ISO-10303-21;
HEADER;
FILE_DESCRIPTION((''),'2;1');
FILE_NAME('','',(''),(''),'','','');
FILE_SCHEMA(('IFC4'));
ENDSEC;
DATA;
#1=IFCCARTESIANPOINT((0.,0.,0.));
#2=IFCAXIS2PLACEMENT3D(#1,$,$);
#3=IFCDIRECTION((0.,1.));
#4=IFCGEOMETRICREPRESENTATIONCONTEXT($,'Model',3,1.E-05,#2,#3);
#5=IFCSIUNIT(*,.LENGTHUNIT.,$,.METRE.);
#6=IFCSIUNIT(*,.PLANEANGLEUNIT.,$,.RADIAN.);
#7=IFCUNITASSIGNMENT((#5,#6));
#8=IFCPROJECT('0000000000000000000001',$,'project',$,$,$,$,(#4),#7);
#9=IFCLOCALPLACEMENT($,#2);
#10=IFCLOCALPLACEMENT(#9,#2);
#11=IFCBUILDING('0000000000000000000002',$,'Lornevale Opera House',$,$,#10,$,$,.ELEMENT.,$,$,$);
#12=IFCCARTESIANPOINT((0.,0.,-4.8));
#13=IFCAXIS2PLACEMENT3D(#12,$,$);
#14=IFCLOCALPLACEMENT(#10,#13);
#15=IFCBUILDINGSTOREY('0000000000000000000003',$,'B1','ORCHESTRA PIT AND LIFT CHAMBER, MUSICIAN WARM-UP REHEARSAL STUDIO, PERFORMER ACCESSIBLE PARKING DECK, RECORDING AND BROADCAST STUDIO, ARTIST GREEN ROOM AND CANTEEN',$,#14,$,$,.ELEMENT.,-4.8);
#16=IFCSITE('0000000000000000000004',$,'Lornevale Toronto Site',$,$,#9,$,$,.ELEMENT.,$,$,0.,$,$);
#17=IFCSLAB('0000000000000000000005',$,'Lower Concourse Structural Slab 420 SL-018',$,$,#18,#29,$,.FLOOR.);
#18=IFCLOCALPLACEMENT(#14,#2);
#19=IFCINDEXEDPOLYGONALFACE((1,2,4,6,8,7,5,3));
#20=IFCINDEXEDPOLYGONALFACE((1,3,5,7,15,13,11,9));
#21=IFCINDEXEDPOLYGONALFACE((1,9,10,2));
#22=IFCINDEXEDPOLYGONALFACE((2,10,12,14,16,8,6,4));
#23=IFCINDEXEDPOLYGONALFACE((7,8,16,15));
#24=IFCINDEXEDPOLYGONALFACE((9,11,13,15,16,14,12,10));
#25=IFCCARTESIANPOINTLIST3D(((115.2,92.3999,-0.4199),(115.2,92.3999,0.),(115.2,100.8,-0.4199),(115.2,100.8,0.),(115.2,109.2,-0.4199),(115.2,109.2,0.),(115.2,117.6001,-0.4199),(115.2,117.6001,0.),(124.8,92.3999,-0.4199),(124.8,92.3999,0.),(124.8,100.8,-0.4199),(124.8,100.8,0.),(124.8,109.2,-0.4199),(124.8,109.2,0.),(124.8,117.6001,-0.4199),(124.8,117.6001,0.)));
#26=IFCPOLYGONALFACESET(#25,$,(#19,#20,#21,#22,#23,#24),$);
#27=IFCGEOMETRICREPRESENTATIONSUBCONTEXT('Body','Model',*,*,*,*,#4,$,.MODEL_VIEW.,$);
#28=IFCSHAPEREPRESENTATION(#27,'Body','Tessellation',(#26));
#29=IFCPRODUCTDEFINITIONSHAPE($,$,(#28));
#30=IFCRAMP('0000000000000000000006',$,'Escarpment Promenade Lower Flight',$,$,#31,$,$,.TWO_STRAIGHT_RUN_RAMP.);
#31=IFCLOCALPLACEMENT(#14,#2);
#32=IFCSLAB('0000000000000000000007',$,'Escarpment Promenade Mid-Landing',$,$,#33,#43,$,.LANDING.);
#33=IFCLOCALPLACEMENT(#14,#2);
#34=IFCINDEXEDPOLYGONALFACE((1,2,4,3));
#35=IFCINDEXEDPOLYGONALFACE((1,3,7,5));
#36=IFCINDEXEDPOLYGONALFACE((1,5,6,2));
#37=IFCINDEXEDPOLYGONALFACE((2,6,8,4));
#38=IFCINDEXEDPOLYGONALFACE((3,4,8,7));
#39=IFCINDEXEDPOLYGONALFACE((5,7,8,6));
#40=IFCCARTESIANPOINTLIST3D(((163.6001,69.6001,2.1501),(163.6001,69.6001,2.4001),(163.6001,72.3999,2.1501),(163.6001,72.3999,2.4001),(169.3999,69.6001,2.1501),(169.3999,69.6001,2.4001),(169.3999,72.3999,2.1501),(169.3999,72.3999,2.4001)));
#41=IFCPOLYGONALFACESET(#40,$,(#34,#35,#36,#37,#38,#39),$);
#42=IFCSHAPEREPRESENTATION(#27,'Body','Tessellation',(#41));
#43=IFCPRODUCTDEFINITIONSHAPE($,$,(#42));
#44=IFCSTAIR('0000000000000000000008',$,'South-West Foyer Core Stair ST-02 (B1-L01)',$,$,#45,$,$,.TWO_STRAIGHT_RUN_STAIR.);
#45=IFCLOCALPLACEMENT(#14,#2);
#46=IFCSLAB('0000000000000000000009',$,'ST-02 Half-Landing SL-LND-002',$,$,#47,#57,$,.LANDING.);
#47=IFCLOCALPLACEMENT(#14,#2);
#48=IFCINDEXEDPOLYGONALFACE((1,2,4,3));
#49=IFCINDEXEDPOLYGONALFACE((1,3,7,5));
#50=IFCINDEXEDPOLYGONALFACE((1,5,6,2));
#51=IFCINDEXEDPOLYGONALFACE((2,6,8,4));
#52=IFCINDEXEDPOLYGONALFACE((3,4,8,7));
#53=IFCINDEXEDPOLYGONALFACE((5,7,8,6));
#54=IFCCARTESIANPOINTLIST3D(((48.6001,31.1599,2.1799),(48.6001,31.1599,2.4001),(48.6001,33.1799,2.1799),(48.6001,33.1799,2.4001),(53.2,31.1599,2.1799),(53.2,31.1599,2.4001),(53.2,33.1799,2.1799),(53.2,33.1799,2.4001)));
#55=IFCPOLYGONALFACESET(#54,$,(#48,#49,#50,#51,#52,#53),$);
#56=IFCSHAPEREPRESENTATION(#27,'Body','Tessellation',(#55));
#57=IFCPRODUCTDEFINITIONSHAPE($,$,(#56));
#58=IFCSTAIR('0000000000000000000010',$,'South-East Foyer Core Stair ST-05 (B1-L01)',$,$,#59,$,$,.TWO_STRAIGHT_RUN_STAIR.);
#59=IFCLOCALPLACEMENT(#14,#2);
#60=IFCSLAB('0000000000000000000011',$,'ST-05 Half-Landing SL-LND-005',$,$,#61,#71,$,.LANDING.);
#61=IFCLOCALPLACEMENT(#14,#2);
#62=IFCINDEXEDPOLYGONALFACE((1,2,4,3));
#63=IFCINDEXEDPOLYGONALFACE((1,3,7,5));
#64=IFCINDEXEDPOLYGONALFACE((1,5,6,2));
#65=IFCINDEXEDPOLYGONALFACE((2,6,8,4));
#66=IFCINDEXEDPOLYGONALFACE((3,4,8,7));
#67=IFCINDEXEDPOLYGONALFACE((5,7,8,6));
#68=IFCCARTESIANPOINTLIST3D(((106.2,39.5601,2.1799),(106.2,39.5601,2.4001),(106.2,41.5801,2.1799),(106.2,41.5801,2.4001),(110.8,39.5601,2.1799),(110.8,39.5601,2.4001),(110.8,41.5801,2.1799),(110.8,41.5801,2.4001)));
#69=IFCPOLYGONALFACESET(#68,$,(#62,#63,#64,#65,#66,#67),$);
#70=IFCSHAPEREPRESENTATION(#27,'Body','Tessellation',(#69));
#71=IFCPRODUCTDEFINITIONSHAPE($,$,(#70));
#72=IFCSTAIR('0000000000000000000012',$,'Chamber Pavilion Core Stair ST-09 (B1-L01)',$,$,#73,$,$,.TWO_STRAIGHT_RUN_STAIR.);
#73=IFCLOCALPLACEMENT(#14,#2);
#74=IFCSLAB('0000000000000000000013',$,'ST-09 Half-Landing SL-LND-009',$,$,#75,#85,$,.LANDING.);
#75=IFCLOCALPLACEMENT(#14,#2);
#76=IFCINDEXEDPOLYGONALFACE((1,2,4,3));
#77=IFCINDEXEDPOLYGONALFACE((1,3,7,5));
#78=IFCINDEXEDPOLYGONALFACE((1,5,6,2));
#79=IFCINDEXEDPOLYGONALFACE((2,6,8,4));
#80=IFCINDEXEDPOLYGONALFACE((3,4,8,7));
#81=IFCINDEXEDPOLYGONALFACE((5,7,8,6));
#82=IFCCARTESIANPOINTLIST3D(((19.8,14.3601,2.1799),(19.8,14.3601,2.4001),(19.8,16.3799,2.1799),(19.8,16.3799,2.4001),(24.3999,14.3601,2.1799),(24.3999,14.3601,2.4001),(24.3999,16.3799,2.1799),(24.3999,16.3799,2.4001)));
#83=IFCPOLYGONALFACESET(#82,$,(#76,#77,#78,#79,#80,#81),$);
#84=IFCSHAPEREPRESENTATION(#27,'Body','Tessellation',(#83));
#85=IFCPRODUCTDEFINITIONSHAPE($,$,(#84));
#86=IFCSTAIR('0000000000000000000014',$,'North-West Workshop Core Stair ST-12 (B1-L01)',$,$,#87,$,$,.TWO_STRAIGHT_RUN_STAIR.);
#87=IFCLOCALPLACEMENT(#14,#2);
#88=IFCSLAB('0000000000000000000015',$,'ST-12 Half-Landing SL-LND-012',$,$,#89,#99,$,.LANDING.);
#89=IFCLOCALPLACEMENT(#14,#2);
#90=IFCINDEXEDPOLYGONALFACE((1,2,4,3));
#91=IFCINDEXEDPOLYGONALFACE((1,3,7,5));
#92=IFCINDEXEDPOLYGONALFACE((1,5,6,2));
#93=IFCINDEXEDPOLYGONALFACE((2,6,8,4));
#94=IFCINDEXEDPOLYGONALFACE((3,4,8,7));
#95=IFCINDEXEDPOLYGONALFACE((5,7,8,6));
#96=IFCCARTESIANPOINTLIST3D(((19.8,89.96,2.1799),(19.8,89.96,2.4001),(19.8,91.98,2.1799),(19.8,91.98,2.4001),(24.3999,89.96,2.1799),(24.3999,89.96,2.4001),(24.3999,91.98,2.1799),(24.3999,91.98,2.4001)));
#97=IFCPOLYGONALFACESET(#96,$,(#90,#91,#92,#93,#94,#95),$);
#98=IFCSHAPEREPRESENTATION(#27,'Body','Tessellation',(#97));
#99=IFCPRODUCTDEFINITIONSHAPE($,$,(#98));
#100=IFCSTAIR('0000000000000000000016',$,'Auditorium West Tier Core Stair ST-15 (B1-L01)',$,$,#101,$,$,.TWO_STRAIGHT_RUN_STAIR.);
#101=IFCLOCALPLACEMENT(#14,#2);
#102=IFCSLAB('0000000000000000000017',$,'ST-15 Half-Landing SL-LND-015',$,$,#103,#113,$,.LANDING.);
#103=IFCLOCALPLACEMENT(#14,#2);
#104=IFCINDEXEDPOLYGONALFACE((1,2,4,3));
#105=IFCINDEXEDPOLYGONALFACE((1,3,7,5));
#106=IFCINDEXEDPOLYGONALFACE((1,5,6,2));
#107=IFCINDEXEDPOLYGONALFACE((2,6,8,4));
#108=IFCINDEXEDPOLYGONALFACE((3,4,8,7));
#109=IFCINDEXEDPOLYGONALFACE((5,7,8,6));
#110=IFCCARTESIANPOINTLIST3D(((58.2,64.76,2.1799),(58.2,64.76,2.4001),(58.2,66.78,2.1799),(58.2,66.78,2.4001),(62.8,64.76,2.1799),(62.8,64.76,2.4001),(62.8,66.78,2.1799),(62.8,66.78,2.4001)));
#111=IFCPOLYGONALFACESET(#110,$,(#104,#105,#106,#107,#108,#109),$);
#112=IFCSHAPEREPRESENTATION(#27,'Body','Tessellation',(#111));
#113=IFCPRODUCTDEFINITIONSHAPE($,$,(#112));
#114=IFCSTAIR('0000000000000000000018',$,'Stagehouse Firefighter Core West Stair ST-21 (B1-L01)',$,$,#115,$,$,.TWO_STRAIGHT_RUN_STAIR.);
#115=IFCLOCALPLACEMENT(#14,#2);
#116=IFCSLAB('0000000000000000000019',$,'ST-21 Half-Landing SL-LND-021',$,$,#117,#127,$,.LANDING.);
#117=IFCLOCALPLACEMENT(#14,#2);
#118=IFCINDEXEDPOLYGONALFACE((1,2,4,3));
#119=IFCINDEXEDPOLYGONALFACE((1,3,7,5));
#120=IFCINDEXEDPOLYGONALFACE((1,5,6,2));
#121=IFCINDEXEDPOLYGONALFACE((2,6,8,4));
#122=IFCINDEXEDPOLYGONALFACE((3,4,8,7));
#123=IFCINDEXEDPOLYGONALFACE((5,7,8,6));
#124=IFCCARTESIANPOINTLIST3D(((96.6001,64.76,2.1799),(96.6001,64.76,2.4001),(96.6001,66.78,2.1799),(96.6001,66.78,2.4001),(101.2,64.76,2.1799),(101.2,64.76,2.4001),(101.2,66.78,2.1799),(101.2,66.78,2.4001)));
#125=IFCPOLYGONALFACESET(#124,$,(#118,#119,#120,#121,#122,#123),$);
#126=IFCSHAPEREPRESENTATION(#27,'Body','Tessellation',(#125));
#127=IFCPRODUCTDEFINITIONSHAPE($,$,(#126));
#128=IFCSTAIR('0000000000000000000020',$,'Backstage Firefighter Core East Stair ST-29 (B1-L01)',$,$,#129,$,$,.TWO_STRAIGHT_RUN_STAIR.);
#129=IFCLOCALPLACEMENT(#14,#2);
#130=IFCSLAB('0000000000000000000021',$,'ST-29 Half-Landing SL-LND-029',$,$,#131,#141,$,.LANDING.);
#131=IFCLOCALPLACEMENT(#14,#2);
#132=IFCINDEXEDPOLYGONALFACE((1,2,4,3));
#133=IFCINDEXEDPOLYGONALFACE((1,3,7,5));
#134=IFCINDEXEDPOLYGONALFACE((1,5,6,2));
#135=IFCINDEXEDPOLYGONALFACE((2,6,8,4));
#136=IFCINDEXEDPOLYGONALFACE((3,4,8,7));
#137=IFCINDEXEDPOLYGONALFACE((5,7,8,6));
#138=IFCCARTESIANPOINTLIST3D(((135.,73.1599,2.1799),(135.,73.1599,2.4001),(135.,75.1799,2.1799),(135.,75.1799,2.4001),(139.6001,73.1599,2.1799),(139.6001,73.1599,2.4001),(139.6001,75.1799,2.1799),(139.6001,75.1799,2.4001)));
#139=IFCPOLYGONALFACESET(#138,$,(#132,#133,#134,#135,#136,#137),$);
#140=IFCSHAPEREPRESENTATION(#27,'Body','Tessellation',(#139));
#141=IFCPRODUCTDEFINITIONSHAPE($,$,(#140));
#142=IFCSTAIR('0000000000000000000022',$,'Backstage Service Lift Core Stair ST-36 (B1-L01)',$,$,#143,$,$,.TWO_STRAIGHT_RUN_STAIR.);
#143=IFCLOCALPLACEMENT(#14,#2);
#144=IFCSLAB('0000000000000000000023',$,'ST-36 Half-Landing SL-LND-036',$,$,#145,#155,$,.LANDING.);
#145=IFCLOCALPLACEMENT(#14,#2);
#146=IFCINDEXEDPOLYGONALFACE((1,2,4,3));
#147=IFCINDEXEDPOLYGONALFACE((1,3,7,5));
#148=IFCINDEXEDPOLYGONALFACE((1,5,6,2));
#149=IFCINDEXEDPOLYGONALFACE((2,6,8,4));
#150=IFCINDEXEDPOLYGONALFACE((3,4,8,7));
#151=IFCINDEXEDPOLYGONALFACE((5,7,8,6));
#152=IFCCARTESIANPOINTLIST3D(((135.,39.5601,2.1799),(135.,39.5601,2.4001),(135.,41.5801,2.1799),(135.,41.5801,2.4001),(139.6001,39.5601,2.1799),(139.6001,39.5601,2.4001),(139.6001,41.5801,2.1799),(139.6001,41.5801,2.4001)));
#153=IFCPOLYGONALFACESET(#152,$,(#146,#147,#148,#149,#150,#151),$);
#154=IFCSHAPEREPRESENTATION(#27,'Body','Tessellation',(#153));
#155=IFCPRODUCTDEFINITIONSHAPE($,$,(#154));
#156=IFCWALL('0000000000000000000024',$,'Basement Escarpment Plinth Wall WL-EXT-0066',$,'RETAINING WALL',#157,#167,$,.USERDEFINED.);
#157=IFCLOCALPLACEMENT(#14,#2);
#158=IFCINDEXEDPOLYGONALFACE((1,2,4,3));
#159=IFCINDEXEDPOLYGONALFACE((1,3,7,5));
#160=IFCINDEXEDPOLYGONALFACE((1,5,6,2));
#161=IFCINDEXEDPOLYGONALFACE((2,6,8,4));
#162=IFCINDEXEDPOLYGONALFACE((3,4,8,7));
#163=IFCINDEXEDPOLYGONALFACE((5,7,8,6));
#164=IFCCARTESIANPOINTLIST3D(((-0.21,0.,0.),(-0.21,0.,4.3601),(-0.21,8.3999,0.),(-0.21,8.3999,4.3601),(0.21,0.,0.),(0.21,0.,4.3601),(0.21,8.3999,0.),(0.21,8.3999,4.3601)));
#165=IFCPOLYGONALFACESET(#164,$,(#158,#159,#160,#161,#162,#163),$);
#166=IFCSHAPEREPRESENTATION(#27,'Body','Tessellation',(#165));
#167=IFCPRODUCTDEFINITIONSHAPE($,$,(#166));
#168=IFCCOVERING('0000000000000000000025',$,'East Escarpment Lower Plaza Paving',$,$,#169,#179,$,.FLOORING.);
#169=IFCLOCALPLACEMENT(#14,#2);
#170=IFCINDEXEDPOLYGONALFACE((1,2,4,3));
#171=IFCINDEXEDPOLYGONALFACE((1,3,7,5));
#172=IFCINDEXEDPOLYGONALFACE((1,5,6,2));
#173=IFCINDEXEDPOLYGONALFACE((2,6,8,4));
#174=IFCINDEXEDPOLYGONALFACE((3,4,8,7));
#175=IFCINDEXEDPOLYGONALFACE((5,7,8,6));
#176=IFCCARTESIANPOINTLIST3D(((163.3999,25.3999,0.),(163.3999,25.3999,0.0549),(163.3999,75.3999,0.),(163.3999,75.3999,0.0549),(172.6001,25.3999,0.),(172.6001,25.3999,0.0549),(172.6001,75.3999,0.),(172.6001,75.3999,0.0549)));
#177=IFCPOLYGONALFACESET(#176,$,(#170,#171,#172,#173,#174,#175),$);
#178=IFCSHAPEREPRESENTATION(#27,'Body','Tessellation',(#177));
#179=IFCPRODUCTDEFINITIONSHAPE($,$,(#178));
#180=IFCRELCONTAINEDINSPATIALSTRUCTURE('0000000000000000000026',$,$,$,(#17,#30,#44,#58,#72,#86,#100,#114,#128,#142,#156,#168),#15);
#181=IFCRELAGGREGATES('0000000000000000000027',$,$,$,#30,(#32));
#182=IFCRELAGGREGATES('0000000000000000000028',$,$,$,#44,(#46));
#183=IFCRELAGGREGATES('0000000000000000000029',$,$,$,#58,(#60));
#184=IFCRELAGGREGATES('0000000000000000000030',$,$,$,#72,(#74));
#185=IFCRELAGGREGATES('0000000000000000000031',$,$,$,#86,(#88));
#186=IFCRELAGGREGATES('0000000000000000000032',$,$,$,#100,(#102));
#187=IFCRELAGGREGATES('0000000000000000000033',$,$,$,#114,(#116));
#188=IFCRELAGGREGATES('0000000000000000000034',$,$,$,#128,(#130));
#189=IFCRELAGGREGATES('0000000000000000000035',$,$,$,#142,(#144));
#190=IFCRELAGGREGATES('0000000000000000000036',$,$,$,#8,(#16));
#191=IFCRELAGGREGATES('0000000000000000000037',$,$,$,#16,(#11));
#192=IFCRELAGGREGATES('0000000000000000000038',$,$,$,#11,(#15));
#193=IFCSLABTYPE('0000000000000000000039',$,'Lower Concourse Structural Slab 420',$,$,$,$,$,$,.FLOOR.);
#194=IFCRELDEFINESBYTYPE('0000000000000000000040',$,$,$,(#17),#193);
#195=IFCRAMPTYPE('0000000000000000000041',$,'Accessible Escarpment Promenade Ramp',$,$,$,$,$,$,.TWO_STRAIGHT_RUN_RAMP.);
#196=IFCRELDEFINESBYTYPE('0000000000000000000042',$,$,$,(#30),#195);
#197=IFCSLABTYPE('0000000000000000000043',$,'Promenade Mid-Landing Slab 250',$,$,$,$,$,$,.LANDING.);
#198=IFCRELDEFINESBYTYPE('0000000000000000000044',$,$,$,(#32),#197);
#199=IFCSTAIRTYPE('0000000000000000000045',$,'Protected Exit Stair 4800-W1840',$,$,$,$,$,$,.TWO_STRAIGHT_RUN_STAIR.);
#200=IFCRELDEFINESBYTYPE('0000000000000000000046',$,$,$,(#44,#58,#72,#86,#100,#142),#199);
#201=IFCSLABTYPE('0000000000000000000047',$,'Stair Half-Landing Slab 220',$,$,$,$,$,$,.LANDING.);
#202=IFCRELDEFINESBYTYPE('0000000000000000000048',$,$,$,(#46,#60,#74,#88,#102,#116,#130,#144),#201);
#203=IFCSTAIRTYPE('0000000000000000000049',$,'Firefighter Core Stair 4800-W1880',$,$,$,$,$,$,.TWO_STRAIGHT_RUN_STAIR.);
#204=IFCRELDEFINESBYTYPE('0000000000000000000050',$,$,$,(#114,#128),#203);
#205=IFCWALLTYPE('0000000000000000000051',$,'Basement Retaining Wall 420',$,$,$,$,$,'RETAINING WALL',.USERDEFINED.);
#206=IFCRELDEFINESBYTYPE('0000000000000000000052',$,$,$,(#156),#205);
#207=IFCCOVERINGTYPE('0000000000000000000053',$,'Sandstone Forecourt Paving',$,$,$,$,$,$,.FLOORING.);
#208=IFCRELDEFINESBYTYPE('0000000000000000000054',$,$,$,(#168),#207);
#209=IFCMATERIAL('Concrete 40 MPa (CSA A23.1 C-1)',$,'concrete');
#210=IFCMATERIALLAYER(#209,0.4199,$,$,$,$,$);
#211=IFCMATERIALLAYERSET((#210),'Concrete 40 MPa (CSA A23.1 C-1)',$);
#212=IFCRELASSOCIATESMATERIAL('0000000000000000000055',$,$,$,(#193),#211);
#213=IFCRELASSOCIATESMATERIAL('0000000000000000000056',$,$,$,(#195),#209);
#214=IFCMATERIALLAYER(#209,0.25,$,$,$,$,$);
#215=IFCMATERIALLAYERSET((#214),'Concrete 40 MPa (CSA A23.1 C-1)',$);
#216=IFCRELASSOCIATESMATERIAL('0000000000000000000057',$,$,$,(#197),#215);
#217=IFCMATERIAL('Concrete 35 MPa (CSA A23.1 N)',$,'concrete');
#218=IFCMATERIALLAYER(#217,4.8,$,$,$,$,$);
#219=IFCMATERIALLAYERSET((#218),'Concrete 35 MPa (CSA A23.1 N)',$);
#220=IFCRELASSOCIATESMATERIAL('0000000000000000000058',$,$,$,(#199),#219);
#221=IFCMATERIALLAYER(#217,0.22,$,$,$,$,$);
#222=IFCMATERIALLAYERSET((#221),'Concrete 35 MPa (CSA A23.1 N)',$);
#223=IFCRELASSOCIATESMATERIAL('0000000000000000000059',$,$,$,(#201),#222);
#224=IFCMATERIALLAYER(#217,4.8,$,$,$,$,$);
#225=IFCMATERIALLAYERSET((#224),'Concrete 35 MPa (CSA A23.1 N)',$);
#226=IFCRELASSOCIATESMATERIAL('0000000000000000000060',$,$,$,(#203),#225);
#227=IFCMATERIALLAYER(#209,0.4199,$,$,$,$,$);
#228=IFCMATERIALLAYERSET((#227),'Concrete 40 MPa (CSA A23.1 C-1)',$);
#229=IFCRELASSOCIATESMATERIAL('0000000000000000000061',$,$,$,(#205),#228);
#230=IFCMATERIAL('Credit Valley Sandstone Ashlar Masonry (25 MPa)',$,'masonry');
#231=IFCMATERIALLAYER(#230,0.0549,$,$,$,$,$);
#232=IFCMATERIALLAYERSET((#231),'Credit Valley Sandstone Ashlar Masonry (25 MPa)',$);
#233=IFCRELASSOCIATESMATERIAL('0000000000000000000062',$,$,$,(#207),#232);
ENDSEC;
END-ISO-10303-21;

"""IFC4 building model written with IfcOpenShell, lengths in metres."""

from ifc_helpers import new_model, si_unit, direction, frame, frame_2d, origin, place, context, subcontext, project, spatial, polyline, rectangle, outline, extrude, material, layer, layer_set, type_object, element, aggregate, save


model = new_model("IFC4")

# Units and contexts
model_context = context("Model", 3, precision=1e-05, world=origin(), true_north=direction((0.0, 1.0)))
body_context = subcontext(model_context, "Body", "Model", "MODEL_VIEW")
ifc_project = project(units=[si_unit("LENGTHUNIT", "METRE"), si_unit("PLANEANGLEUNIT", "RADIAN")], contexts=[model_context])

# Site, building, storey
site_placement = place(None, origin())
site = spatial("IfcSite", under=ifc_project, at=site_placement, Name="Lornevale Toronto Site", CompositionType="ELEMENT", RefElevation=0.0)
building_placement = place(site_placement, origin())
building = spatial("IfcBuilding", under=site, at=building_placement, Name="Lornevale Opera House", CompositionType="ELEMENT")
storey_placement = place(building_placement, frame((0.0, 0.0, -4.8)))
storey = spatial("IfcBuildingStorey", under=building, at=storey_placement, Name="B1", Description="ORCHESTRA PIT AND LIFT CHAMBER, MUSICIAN WARM-UP REHEARSAL STUDIO, PERFORMER ACCESSIBLE PARKING DECK, RECORDING AND BROADCAST STUDIO, ARTIST GREEN ROOM AND CANTEEN", CompositionType="ELEMENT", Elevation=-4.8)

# Shared definitions
ifc_material_1 = material(Name="Concrete 40 MPa (CSA A23.1 C-1)", Category="concrete")

# Slab
ifc_layer_1 = layer(ifc_material_1, 0.4199)
ifc_layer_set_1 = layer_set([ifc_layer_1], Name="Concrete 40 MPa (CSA A23.1 C-1)")
slab_type_1 = type_object("IfcSlabType", Name="Lower Concourse Structural Slab 420", PredefinedType="FLOOR", material=ifc_layer_set_1)
slab_1_placement = place(storey_placement, frame((0.0, 0.0, -0.4199)))
element("IfcSlab", 1, at=slab_1_placement, inside=storey, type_object=slab_type_1, Name="Lower Concourse Structural Slab 420 SL-018", PredefinedType="FLOOR", context=body_context, shape_type="SweptSolid", body=[
    extrude(outline(polyline([(124.8, 92.3999), (115.2, 92.3999), (115.2, 100.8), (115.2, 109.2), (115.2, 117.6001), (124.8, 117.6001), (124.8, 109.2), (124.8, 100.8), (124.8, 92.3999)])), origin(), (0.0, 0.0, 1.0), 0.4199),
])

# Ramp, slab
ramp_type = type_object("IfcRampType", Name="Accessible Escarpment Promenade Ramp", PredefinedType="TWO_STRAIGHT_RUN_RAMP", material=ifc_material_1)
ramp_placement = place(storey_placement, origin())
ramp = element("IfcRamp", 2, at=ramp_placement, inside=storey, type_object=ramp_type, Name="Escarpment Promenade Lower Flight", PredefinedType="TWO_STRAIGHT_RUN_RAMP")
ifc_layer_2 = layer(ifc_material_1, 0.25)
ifc_layer_set_2 = layer_set([ifc_layer_2], Name="Concrete 40 MPa (CSA A23.1 C-1)")
slab_type_2 = type_object("IfcSlabType", Name="Promenade Mid-Landing Slab 250", PredefinedType="LANDING", material=ifc_layer_set_2)
slab_2_placement = place(storey_placement, frame((0.0, 0.0, 2.1501)))
slab_2 = element("IfcSlab", 3, at=slab_2_placement, type_object=slab_type_2, Name="Escarpment Promenade Mid-Landing", PredefinedType="LANDING", context=body_context, shape_type="SweptSolid", body=[
    extrude(outline(polyline([(163.6001, 69.6001), (169.3999, 69.6001), (169.3999, 72.3999), (163.6001, 72.3999), (163.6001, 69.6001)])), origin(), (0.0, 0.0, 1.0), 0.25),
])
aggregate(ramp, [slab_2])

# Stairs, slabs
ifc_material_2 = material(Name="Concrete 35 MPa (CSA A23.1 N)", Category="concrete")
ifc_layer_3 = layer(ifc_material_2, 4.8)
ifc_layer_set_3 = layer_set([ifc_layer_3], Name="Concrete 35 MPa (CSA A23.1 N)")
stair_type_1 = type_object("IfcStairType", Name="Protected Exit Stair 4800-W1840", PredefinedType="TWO_STRAIGHT_RUN_STAIR", material=ifc_layer_set_3)
stair_1_placement = place(storey_placement, origin())
stair_1 = element("IfcStair", 4, at=stair_1_placement, inside=storey, type_object=stair_type_1, Name="South-West Foyer Core Stair ST-02 (B1-L01)", PredefinedType="TWO_STRAIGHT_RUN_STAIR")
ifc_layer_4 = layer(ifc_material_2, 0.22)
ifc_layer_set_4 = layer_set([ifc_layer_4], Name="Concrete 35 MPa (CSA A23.1 N)")
slab_type_3 = type_object("IfcSlabType", Name="Stair Half-Landing Slab 220", PredefinedType="LANDING", material=ifc_layer_set_4)
slab_3_placement = place(storey_placement, frame((0.0, 0.0, 2.1799)))
slab_3 = element("IfcSlab", 5, at=slab_3_placement, type_object=slab_type_3, Name="ST-02 Half-Landing SL-LND-002", PredefinedType="LANDING", context=body_context, shape_type="SweptSolid", body=[
    extrude(outline(polyline([(48.6001, 31.1599), (53.2, 31.1599), (53.2, 33.1799), (48.6001, 33.1799), (48.6001, 31.1599)])), origin(), (0.0, 0.0, 1.0), 0.2202),
])
aggregate(stair_1, [slab_3])
stair_2_placement = place(storey_placement, origin())
stair_2 = element("IfcStair", 6, at=stair_2_placement, inside=storey, type_object=stair_type_1, Name="South-East Foyer Core Stair ST-05 (B1-L01)", PredefinedType="TWO_STRAIGHT_RUN_STAIR")
slab_4_placement = place(storey_placement, frame((0.0, 0.0, 2.1799)))
slab_4 = element("IfcSlab", 7, at=slab_4_placement, type_object=slab_type_3, Name="ST-05 Half-Landing SL-LND-005", PredefinedType="LANDING", context=body_context, shape_type="SweptSolid", body=[
    extrude(outline(polyline([(106.2, 39.5601), (110.8, 39.5601), (110.8, 41.5801), (106.2, 41.5801), (106.2, 39.5601)])), origin(), (0.0, 0.0, 1.0), 0.2202),
])
aggregate(stair_2, [slab_4])
stair_3_placement = place(storey_placement, origin())
stair_3 = element("IfcStair", 8, at=stair_3_placement, inside=storey, type_object=stair_type_1, Name="Chamber Pavilion Core Stair ST-09 (B1-L01)", PredefinedType="TWO_STRAIGHT_RUN_STAIR")
slab_5_placement = place(storey_placement, frame((0.0, 0.0, 2.1799)))
slab_5 = element("IfcSlab", 9, at=slab_5_placement, type_object=slab_type_3, Name="ST-09 Half-Landing SL-LND-009", PredefinedType="LANDING", context=body_context, shape_type="SweptSolid", body=[
    extrude(outline(polyline([(19.8, 14.3601), (24.3999, 14.3601), (24.3999, 16.3799), (19.8, 16.3799), (19.8, 14.3601)])), origin(), (0.0, 0.0, 1.0), 0.2202),
])
aggregate(stair_3, [slab_5])
stair_4_placement = place(storey_placement, origin())
stair_4 = element("IfcStair", 10, at=stair_4_placement, inside=storey, type_object=stair_type_1, Name="North-West Workshop Core Stair ST-12 (B1-L01)", PredefinedType="TWO_STRAIGHT_RUN_STAIR")
slab_6_placement = place(storey_placement, frame((0.0, 0.0, 2.1799)))
slab_6 = element("IfcSlab", 11, at=slab_6_placement, type_object=slab_type_3, Name="ST-12 Half-Landing SL-LND-012", PredefinedType="LANDING", context=body_context, shape_type="SweptSolid", body=[
    extrude(outline(polyline([(19.8, 89.96), (24.3999, 89.96), (24.3999, 91.98), (19.8, 91.98), (19.8, 89.96)])), origin(), (0.0, 0.0, 1.0), 0.2202),
])
aggregate(stair_4, [slab_6])
stair_5_placement = place(storey_placement, origin())
stair_5 = element("IfcStair", 12, at=stair_5_placement, inside=storey, type_object=stair_type_1, Name="Auditorium West Tier Core Stair ST-15 (B1-L01)", PredefinedType="TWO_STRAIGHT_RUN_STAIR")
slab_7_placement = place(storey_placement, frame((0.0, 0.0, 2.1799)))
slab_7 = element("IfcSlab", 13, at=slab_7_placement, type_object=slab_type_3, Name="ST-15 Half-Landing SL-LND-015", PredefinedType="LANDING", context=body_context, shape_type="SweptSolid", body=[
    extrude(outline(polyline([(58.2, 64.76), (62.8, 64.76), (62.8, 66.78), (58.2, 66.78), (58.2, 64.76)])), origin(), (0.0, 0.0, 1.0), 0.2202),
])
aggregate(stair_5, [slab_7])
ifc_layer_5 = layer(ifc_material_2, 4.8)
ifc_layer_set_5 = layer_set([ifc_layer_5], Name="Concrete 35 MPa (CSA A23.1 N)")
stair_type_2 = type_object("IfcStairType", Name="Firefighter Core Stair 4800-W1880", PredefinedType="TWO_STRAIGHT_RUN_STAIR", material=ifc_layer_set_5)
stair_6_placement = place(storey_placement, origin())
stair_6 = element("IfcStair", 14, at=stair_6_placement, inside=storey, type_object=stair_type_2, Name="Stagehouse Firefighter Core West Stair ST-21 (B1-L01)", PredefinedType="TWO_STRAIGHT_RUN_STAIR")
slab_8_placement = place(storey_placement, frame((0.0, 0.0, 2.1799)))
slab_8 = element("IfcSlab", 15, at=slab_8_placement, type_object=slab_type_3, Name="ST-21 Half-Landing SL-LND-021", PredefinedType="LANDING", context=body_context, shape_type="SweptSolid", body=[
    extrude(outline(polyline([(96.6001, 64.76), (101.2, 64.76), (101.2, 66.78), (96.6001, 66.78), (96.6001, 64.76)])), origin(), (0.0, 0.0, 1.0), 0.2202),
])
aggregate(stair_6, [slab_8])
stair_7_placement = place(storey_placement, origin())
stair_7 = element("IfcStair", 16, at=stair_7_placement, inside=storey, type_object=stair_type_2, Name="Backstage Firefighter Core East Stair ST-29 (B1-L01)", PredefinedType="TWO_STRAIGHT_RUN_STAIR")
slab_9_placement = place(storey_placement, frame((0.0, 0.0, 2.1799)))
slab_9 = element("IfcSlab", 17, at=slab_9_placement, type_object=slab_type_3, Name="ST-29 Half-Landing SL-LND-029", PredefinedType="LANDING", context=body_context, shape_type="SweptSolid", body=[
    extrude(outline(polyline([(135.0, 73.1599), (139.6001, 73.1599), (139.6001, 75.1799), (135.0, 75.1799), (135.0, 73.1599)])), origin(), (0.0, 0.0, 1.0), 0.2202),
])
aggregate(stair_7, [slab_9])
stair_8_placement = place(storey_placement, origin())
stair_8 = element("IfcStair", 18, at=stair_8_placement, inside=storey, type_object=stair_type_1, Name="Backstage Service Lift Core Stair ST-36 (B1-L01)", PredefinedType="TWO_STRAIGHT_RUN_STAIR")
slab_10_placement = place(storey_placement, frame((0.0, 0.0, 2.1799)))
slab_10 = element("IfcSlab", 19, at=slab_10_placement, type_object=slab_type_3, Name="ST-36 Half-Landing SL-LND-036", PredefinedType="LANDING", context=body_context, shape_type="SweptSolid", body=[
    extrude(outline(polyline([(135.0, 39.5601), (139.6001, 39.5601), (139.6001, 41.5801), (135.0, 41.5801), (135.0, 39.5601)])), origin(), (0.0, 0.0, 1.0), 0.2202),
])
aggregate(stair_8, [slab_10])

# Wall
ifc_layer_6 = layer(ifc_material_1, 0.4199)
ifc_layer_set_6 = layer_set([ifc_layer_6], Name="Concrete 40 MPa (CSA A23.1 C-1)")
wall_type = type_object("IfcWallType", Name="Basement Retaining Wall 420", ElementType="RETAINING WALL", PredefinedType="USERDEFINED", material=ifc_layer_set_6)
wall_placement = place(storey_placement, frame((0.0, 0.0, 0.0), z_axis=(0.0, 0.0, 1.0), x_axis=(0.0, 1.0, 0.0)))
element("IfcWall", 20, at=wall_placement, inside=storey, type_object=wall_type, Name="Basement Escarpment Plinth Wall WL-EXT-0066", ObjectType="RETAINING WALL", PredefinedType="USERDEFINED", context=body_context, shape_type="SweptSolid", body=[
    extrude(rectangle(XDim=8.3999, YDim=0.4199, at=frame_2d((4.2, 0.0))), origin(), (0.0, 0.0, 1.0), 4.3601),
])

# Covering
ifc_material_3 = material(Name="Credit Valley Sandstone Ashlar Masonry (25 MPa)", Category="masonry")
ifc_layer_7 = layer(ifc_material_3, 0.0549)
ifc_layer_set_7 = layer_set([ifc_layer_7], Name="Credit Valley Sandstone Ashlar Masonry (25 MPa)")
covering_type = type_object("IfcCoveringType", Name="Sandstone Forecourt Paving", PredefinedType="FLOORING", material=ifc_layer_set_7)
covering_placement = place(storey_placement, origin())
element("IfcCovering", 21, at=covering_placement, inside=storey, type_object=covering_type, Name="East Escarpment Lower Plaza Paving", PredefinedType="FLOORING", context=body_context, shape_type="SweptSolid", body=[
    extrude(outline(polyline([(163.3999, 25.3999), (172.6001, 25.3999), (172.6001, 75.3999), (163.3999, 75.3999), (163.3999, 25.3999)])), origin(), (0.0, 0.0, 1.0), 0.0549),
])

save(model, "model.ifc")
